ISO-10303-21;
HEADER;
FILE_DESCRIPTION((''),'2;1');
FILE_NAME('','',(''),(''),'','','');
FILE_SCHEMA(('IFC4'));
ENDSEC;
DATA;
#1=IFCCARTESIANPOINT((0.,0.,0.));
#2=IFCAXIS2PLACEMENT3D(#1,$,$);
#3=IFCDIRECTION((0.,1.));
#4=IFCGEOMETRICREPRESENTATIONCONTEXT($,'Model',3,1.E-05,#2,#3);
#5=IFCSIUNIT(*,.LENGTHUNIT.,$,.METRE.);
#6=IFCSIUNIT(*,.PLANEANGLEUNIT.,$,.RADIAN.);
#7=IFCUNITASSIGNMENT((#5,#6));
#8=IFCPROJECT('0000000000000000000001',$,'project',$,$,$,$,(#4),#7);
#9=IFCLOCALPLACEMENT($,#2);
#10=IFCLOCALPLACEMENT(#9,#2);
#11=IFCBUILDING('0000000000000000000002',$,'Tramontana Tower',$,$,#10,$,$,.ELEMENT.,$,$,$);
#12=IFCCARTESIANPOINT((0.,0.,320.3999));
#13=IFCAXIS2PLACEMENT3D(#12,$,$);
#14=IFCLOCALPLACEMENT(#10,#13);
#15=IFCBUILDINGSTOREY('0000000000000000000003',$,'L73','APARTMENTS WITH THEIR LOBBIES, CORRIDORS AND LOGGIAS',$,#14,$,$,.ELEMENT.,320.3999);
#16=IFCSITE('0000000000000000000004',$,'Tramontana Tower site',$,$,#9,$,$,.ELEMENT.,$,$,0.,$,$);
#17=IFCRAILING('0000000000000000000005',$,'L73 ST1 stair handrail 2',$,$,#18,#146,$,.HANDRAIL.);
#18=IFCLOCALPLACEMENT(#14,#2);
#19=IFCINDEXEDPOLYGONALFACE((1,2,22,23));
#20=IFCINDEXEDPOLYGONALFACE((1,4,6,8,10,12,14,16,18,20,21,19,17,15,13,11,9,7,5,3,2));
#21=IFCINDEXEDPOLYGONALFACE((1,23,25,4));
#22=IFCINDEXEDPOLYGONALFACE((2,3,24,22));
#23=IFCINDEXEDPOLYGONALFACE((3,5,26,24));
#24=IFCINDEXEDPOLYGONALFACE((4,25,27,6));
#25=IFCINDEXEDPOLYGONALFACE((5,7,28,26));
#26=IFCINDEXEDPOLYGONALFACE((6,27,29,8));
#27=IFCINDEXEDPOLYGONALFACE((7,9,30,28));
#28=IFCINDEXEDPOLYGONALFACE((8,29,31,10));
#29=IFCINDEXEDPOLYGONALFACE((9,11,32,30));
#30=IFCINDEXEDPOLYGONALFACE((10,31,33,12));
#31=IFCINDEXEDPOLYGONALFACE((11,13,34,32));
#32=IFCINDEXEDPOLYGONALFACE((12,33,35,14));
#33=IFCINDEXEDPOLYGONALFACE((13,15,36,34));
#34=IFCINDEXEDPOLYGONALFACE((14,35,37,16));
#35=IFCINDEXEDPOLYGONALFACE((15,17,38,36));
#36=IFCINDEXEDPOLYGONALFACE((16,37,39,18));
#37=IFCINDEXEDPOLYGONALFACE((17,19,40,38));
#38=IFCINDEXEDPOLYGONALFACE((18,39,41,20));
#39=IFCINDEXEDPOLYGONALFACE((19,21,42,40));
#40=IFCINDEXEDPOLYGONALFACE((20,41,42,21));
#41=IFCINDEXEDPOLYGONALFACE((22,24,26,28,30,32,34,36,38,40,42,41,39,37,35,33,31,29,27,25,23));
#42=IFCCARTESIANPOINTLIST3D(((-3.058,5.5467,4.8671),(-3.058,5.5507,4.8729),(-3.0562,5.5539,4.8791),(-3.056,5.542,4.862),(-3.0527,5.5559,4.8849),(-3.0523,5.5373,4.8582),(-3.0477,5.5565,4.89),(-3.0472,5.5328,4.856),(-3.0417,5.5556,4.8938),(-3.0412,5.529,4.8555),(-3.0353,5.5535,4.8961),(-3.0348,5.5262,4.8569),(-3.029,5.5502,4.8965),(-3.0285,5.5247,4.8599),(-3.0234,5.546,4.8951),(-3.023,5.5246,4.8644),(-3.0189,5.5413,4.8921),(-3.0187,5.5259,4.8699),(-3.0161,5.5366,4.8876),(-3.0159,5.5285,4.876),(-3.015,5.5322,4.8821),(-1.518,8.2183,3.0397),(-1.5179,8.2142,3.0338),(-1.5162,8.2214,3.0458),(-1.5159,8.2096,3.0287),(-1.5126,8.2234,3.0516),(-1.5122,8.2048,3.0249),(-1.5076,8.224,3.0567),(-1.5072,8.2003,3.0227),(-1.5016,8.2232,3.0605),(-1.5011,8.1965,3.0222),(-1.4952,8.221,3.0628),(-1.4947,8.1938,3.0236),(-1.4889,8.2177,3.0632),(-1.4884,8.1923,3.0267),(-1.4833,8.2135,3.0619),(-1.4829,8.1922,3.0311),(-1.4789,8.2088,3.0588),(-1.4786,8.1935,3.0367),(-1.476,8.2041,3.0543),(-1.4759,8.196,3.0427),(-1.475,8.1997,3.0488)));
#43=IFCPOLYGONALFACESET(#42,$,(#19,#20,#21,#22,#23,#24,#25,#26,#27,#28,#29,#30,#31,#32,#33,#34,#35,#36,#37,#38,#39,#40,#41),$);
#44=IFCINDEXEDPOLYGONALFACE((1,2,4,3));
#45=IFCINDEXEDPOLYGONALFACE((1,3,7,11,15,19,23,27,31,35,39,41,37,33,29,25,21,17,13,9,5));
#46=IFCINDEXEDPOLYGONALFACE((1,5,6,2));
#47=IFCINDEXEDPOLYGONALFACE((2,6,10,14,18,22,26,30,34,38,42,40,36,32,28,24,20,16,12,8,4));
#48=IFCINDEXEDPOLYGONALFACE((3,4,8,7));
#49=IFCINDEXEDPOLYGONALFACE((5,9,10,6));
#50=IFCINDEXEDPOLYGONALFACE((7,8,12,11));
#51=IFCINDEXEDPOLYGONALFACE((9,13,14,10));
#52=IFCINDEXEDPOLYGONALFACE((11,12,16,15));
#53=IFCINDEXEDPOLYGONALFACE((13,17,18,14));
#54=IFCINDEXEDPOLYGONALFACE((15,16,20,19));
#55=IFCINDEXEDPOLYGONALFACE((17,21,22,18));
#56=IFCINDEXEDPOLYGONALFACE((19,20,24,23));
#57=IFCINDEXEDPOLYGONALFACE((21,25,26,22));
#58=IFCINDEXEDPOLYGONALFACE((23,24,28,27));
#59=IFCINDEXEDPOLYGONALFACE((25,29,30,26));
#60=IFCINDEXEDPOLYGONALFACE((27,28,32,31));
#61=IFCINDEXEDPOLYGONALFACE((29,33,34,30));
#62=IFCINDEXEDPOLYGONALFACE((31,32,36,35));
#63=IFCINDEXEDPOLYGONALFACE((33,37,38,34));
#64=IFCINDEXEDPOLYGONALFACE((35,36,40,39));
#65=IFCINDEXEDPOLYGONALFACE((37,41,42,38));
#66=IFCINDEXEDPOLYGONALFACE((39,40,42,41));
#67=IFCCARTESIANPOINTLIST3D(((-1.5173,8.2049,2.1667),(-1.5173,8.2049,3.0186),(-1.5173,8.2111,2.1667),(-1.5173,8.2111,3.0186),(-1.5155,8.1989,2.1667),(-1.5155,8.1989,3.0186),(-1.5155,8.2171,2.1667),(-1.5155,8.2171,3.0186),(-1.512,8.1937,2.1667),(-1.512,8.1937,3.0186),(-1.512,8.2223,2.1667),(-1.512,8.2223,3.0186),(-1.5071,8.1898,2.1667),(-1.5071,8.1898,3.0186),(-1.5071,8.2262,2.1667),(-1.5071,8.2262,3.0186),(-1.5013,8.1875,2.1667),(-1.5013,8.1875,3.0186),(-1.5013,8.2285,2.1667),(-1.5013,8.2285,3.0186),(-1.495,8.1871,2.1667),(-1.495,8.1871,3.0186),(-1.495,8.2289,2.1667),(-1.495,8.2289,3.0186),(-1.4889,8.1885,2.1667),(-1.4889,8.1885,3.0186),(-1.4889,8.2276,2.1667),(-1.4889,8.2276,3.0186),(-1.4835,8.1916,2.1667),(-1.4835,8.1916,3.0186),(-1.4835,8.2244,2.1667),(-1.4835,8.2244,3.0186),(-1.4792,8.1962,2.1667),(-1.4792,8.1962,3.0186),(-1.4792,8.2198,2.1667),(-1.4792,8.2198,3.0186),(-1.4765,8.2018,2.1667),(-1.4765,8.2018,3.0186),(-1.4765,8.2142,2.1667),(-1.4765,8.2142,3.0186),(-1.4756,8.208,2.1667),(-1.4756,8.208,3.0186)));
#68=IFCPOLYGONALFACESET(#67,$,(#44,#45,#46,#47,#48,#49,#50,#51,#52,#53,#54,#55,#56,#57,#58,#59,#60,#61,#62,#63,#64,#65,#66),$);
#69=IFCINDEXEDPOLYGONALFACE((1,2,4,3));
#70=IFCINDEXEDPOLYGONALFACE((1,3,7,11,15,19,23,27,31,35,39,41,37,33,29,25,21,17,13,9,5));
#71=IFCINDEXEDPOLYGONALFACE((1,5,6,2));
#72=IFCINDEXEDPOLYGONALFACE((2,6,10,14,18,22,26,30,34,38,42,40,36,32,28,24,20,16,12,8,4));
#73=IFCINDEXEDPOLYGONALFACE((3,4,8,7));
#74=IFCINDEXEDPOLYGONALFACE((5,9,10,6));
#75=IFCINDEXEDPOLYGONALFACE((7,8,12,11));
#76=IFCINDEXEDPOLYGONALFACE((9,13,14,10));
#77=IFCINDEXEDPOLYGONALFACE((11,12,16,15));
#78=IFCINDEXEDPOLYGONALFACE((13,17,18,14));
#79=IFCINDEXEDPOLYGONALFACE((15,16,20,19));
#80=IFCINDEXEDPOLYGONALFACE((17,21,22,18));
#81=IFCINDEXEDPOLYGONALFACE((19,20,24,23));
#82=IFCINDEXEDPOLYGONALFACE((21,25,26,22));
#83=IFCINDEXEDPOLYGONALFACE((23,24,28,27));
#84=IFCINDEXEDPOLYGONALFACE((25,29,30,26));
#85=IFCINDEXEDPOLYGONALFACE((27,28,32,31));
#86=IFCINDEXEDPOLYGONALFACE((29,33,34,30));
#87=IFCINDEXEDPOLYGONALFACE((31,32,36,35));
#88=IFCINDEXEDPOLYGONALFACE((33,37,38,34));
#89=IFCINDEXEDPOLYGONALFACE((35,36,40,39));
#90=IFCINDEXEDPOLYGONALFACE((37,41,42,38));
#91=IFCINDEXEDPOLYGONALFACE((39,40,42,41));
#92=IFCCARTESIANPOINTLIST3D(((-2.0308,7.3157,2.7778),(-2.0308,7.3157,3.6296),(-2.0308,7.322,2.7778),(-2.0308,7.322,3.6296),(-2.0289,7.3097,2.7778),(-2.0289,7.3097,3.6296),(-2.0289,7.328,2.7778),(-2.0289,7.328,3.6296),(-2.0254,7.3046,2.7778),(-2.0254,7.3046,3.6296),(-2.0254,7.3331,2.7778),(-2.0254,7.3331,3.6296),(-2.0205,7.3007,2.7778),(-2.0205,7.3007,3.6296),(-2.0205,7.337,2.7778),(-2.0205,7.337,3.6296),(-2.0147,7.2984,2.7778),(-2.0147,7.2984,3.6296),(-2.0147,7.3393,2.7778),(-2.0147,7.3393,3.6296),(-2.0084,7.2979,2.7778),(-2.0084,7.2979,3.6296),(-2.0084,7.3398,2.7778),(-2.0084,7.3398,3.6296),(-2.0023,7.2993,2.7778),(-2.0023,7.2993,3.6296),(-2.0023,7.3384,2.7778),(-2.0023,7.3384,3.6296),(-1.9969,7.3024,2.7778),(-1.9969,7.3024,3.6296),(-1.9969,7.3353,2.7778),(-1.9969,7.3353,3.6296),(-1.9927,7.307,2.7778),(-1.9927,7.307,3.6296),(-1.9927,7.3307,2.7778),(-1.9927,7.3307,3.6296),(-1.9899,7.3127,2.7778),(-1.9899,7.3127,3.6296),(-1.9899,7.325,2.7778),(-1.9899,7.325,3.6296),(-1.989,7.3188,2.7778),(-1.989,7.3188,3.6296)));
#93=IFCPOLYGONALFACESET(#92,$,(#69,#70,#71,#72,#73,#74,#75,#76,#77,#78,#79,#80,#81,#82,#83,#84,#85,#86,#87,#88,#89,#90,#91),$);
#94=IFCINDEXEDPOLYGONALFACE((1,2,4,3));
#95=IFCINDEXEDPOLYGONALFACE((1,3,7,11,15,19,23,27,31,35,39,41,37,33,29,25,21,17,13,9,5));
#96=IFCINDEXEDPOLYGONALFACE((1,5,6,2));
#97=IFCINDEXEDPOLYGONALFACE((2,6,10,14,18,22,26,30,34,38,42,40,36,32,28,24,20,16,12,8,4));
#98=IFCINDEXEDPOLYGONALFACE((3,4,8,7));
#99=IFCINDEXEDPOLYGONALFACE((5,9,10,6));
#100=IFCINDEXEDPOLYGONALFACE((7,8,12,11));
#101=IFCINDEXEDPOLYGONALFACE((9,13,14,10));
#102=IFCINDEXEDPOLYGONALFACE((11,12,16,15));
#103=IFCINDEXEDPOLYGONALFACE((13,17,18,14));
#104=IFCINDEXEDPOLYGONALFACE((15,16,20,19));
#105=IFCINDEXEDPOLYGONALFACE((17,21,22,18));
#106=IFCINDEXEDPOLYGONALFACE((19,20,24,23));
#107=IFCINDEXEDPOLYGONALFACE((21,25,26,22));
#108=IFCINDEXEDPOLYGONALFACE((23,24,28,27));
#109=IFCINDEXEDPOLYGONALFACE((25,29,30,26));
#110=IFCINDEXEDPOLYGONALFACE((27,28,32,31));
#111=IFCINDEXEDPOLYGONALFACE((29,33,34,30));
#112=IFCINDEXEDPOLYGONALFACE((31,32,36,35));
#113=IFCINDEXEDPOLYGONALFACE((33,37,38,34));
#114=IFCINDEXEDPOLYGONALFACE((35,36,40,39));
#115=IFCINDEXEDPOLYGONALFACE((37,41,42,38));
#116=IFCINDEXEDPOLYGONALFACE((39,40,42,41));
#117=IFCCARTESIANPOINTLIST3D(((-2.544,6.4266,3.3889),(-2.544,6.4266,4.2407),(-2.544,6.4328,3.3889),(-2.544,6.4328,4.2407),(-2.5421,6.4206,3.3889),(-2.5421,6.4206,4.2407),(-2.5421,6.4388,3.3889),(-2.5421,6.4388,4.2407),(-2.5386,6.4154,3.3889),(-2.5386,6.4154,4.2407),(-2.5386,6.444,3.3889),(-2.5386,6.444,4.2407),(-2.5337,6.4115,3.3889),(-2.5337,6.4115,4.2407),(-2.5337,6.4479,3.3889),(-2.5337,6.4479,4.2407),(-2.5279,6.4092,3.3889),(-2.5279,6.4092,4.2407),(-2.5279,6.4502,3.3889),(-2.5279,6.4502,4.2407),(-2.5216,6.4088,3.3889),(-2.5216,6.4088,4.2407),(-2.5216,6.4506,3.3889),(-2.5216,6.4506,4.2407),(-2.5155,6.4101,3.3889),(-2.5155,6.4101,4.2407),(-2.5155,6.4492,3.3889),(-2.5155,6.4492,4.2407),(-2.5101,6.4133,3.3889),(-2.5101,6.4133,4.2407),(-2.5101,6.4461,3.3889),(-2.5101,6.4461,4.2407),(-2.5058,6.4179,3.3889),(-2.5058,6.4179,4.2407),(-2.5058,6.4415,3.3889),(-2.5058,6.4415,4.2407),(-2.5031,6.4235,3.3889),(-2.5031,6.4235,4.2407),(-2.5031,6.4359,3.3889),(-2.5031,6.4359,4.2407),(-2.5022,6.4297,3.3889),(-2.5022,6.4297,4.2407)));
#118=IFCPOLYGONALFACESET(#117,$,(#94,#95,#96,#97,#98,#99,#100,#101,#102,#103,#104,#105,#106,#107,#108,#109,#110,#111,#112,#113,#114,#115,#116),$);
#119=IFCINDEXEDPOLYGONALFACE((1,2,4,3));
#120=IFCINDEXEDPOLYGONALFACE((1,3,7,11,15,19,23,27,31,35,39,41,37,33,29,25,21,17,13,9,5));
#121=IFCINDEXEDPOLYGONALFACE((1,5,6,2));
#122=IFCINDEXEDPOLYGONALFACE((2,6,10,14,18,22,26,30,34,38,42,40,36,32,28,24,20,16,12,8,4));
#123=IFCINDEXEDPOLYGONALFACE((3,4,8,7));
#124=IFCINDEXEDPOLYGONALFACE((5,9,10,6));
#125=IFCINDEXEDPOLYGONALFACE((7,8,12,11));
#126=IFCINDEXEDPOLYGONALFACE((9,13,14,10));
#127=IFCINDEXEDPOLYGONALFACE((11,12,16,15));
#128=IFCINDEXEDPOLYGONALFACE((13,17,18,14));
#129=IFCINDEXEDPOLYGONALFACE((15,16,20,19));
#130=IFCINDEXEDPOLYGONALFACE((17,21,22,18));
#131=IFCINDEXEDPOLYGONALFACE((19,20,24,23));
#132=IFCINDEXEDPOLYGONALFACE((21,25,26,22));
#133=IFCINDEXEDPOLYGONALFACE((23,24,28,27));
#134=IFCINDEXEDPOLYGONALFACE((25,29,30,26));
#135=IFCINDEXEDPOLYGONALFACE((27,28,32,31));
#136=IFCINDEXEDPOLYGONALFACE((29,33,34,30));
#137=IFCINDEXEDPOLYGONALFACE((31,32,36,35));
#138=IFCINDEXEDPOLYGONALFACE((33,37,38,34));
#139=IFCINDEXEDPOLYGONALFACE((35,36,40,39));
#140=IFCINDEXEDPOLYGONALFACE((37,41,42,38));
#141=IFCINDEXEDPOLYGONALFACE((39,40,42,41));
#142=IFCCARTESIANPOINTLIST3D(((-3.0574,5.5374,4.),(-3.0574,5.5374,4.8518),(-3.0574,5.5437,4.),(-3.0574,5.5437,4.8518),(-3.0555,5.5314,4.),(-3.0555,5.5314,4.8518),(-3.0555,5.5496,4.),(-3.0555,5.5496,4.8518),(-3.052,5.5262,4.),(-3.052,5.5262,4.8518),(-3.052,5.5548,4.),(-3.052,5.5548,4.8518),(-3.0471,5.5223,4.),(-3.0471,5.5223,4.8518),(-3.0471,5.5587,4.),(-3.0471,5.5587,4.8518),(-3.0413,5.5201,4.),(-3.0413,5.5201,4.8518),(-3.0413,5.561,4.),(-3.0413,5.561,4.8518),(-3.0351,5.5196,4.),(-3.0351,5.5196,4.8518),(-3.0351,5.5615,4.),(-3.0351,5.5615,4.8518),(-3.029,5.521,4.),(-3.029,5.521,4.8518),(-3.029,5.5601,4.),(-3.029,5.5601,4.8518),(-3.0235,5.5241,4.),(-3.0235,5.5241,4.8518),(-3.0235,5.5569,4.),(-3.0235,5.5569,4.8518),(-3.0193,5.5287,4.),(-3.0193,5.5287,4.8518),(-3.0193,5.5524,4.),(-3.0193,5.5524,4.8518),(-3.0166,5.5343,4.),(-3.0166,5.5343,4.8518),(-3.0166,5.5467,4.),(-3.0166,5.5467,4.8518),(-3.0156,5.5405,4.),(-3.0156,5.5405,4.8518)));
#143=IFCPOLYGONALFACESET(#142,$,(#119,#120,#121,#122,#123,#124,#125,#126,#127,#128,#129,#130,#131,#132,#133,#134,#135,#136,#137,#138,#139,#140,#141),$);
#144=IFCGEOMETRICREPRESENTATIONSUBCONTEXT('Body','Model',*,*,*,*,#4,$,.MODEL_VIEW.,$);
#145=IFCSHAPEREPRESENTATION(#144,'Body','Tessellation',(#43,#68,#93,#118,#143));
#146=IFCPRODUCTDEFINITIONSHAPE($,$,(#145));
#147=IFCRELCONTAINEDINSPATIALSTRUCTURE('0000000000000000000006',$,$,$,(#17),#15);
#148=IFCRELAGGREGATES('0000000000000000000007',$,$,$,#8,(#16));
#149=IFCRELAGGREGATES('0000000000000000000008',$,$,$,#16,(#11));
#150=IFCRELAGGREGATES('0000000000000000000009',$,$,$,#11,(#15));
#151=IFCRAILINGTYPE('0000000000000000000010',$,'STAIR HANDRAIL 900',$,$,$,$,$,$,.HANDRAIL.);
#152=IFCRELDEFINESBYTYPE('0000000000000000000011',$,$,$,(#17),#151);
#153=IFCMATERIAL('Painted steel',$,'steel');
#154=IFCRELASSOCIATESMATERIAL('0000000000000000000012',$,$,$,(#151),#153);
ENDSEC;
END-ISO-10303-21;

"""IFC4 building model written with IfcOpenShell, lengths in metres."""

from ifc_helpers import new_model, si_unit, direction, frame, origin, origin_2d, place, context, subcontext, project, spatial, circle, extrude, material, type_object, element, save


model = new_model("IFC4")

# Units and contexts
model_context = context("Model", 3, precision=1e-05, world=origin(), true_north=direction((0.0, 1.0)))
body_context = subcontext(model_context, "Body", "Model", "MODEL_VIEW")
ifc_project = project(units=[si_unit("LENGTHUNIT", "METRE"), si_unit("PLANEANGLEUNIT", "RADIAN")], contexts=[model_context])

# Site, building, storey
site_placement = place(None, origin())
site = spatial("IfcSite", under=ifc_project, at=site_placement, Name="Tramontana Tower site", CompositionType="ELEMENT", RefElevation=0.0)
building_placement = place(site_placement, origin())
building = spatial("IfcBuilding", under=site, at=building_placement, Name="Tramontana Tower", CompositionType="ELEMENT")
storey_placement = place(building_placement, frame((0.0, 0.0, 320.3999)))
storey = spatial("IfcBuildingStorey", under=building, at=storey_placement, Name="L73", Description="APARTMENTS WITH THEIR LOBBIES, CORRIDORS AND LOGGIAS", CompositionType="ELEMENT", Elevation=320.3999)

# Railing
ifc_material_1 = material(Name="Painted steel", Category="steel")
railing_type_1 = type_object("IfcRailingType", Name="STAIR HANDRAIL 900", PredefinedType="HANDRAIL", material=ifc_material_1)
railing_1_placement = place(storey_placement, frame((-1.4966, 8.208, 2.1667)))
element("IfcRailing", 1, at=railing_1_placement, inside=storey, type_object=railing_type_1, Name="L73 ST1 stair handrail 2", PredefinedType="HANDRAIL", context=body_context, shape_type="SweptSolid", body=[
    extrude(circle(Radius=0.0239, at=origin_2d()), frame((0.0, 0.0, 0.876), z_axis=(-0.429649, -0.74419, 0.511452), x_axis=(0.86603, -0.499992, 0.0)), (0.0, 0.0, 1.0), 3.5845),
    extrude(circle(Radius=0.021, at=origin_2d()), origin(), (0.0, 0.0, 1.0), 0.8518),
    extrude(circle(Radius=0.021, at=origin_2d()), frame((-0.5134, -0.8892, 0.6111)), (0.0, 0.0, 1.0), 0.8518),
    extrude(circle(Radius=0.021, at=origin_2d()), frame((-1.0266, -1.7783, 1.2222)), (0.0, 0.0, 1.0), 0.8518),
    extrude(circle(Radius=0.021, at=origin_2d()), frame((-1.54, -2.6675, 1.8333)), (0.0, 0.0, 1.0), 0.8518),
])

save(model, "model.ifc")
